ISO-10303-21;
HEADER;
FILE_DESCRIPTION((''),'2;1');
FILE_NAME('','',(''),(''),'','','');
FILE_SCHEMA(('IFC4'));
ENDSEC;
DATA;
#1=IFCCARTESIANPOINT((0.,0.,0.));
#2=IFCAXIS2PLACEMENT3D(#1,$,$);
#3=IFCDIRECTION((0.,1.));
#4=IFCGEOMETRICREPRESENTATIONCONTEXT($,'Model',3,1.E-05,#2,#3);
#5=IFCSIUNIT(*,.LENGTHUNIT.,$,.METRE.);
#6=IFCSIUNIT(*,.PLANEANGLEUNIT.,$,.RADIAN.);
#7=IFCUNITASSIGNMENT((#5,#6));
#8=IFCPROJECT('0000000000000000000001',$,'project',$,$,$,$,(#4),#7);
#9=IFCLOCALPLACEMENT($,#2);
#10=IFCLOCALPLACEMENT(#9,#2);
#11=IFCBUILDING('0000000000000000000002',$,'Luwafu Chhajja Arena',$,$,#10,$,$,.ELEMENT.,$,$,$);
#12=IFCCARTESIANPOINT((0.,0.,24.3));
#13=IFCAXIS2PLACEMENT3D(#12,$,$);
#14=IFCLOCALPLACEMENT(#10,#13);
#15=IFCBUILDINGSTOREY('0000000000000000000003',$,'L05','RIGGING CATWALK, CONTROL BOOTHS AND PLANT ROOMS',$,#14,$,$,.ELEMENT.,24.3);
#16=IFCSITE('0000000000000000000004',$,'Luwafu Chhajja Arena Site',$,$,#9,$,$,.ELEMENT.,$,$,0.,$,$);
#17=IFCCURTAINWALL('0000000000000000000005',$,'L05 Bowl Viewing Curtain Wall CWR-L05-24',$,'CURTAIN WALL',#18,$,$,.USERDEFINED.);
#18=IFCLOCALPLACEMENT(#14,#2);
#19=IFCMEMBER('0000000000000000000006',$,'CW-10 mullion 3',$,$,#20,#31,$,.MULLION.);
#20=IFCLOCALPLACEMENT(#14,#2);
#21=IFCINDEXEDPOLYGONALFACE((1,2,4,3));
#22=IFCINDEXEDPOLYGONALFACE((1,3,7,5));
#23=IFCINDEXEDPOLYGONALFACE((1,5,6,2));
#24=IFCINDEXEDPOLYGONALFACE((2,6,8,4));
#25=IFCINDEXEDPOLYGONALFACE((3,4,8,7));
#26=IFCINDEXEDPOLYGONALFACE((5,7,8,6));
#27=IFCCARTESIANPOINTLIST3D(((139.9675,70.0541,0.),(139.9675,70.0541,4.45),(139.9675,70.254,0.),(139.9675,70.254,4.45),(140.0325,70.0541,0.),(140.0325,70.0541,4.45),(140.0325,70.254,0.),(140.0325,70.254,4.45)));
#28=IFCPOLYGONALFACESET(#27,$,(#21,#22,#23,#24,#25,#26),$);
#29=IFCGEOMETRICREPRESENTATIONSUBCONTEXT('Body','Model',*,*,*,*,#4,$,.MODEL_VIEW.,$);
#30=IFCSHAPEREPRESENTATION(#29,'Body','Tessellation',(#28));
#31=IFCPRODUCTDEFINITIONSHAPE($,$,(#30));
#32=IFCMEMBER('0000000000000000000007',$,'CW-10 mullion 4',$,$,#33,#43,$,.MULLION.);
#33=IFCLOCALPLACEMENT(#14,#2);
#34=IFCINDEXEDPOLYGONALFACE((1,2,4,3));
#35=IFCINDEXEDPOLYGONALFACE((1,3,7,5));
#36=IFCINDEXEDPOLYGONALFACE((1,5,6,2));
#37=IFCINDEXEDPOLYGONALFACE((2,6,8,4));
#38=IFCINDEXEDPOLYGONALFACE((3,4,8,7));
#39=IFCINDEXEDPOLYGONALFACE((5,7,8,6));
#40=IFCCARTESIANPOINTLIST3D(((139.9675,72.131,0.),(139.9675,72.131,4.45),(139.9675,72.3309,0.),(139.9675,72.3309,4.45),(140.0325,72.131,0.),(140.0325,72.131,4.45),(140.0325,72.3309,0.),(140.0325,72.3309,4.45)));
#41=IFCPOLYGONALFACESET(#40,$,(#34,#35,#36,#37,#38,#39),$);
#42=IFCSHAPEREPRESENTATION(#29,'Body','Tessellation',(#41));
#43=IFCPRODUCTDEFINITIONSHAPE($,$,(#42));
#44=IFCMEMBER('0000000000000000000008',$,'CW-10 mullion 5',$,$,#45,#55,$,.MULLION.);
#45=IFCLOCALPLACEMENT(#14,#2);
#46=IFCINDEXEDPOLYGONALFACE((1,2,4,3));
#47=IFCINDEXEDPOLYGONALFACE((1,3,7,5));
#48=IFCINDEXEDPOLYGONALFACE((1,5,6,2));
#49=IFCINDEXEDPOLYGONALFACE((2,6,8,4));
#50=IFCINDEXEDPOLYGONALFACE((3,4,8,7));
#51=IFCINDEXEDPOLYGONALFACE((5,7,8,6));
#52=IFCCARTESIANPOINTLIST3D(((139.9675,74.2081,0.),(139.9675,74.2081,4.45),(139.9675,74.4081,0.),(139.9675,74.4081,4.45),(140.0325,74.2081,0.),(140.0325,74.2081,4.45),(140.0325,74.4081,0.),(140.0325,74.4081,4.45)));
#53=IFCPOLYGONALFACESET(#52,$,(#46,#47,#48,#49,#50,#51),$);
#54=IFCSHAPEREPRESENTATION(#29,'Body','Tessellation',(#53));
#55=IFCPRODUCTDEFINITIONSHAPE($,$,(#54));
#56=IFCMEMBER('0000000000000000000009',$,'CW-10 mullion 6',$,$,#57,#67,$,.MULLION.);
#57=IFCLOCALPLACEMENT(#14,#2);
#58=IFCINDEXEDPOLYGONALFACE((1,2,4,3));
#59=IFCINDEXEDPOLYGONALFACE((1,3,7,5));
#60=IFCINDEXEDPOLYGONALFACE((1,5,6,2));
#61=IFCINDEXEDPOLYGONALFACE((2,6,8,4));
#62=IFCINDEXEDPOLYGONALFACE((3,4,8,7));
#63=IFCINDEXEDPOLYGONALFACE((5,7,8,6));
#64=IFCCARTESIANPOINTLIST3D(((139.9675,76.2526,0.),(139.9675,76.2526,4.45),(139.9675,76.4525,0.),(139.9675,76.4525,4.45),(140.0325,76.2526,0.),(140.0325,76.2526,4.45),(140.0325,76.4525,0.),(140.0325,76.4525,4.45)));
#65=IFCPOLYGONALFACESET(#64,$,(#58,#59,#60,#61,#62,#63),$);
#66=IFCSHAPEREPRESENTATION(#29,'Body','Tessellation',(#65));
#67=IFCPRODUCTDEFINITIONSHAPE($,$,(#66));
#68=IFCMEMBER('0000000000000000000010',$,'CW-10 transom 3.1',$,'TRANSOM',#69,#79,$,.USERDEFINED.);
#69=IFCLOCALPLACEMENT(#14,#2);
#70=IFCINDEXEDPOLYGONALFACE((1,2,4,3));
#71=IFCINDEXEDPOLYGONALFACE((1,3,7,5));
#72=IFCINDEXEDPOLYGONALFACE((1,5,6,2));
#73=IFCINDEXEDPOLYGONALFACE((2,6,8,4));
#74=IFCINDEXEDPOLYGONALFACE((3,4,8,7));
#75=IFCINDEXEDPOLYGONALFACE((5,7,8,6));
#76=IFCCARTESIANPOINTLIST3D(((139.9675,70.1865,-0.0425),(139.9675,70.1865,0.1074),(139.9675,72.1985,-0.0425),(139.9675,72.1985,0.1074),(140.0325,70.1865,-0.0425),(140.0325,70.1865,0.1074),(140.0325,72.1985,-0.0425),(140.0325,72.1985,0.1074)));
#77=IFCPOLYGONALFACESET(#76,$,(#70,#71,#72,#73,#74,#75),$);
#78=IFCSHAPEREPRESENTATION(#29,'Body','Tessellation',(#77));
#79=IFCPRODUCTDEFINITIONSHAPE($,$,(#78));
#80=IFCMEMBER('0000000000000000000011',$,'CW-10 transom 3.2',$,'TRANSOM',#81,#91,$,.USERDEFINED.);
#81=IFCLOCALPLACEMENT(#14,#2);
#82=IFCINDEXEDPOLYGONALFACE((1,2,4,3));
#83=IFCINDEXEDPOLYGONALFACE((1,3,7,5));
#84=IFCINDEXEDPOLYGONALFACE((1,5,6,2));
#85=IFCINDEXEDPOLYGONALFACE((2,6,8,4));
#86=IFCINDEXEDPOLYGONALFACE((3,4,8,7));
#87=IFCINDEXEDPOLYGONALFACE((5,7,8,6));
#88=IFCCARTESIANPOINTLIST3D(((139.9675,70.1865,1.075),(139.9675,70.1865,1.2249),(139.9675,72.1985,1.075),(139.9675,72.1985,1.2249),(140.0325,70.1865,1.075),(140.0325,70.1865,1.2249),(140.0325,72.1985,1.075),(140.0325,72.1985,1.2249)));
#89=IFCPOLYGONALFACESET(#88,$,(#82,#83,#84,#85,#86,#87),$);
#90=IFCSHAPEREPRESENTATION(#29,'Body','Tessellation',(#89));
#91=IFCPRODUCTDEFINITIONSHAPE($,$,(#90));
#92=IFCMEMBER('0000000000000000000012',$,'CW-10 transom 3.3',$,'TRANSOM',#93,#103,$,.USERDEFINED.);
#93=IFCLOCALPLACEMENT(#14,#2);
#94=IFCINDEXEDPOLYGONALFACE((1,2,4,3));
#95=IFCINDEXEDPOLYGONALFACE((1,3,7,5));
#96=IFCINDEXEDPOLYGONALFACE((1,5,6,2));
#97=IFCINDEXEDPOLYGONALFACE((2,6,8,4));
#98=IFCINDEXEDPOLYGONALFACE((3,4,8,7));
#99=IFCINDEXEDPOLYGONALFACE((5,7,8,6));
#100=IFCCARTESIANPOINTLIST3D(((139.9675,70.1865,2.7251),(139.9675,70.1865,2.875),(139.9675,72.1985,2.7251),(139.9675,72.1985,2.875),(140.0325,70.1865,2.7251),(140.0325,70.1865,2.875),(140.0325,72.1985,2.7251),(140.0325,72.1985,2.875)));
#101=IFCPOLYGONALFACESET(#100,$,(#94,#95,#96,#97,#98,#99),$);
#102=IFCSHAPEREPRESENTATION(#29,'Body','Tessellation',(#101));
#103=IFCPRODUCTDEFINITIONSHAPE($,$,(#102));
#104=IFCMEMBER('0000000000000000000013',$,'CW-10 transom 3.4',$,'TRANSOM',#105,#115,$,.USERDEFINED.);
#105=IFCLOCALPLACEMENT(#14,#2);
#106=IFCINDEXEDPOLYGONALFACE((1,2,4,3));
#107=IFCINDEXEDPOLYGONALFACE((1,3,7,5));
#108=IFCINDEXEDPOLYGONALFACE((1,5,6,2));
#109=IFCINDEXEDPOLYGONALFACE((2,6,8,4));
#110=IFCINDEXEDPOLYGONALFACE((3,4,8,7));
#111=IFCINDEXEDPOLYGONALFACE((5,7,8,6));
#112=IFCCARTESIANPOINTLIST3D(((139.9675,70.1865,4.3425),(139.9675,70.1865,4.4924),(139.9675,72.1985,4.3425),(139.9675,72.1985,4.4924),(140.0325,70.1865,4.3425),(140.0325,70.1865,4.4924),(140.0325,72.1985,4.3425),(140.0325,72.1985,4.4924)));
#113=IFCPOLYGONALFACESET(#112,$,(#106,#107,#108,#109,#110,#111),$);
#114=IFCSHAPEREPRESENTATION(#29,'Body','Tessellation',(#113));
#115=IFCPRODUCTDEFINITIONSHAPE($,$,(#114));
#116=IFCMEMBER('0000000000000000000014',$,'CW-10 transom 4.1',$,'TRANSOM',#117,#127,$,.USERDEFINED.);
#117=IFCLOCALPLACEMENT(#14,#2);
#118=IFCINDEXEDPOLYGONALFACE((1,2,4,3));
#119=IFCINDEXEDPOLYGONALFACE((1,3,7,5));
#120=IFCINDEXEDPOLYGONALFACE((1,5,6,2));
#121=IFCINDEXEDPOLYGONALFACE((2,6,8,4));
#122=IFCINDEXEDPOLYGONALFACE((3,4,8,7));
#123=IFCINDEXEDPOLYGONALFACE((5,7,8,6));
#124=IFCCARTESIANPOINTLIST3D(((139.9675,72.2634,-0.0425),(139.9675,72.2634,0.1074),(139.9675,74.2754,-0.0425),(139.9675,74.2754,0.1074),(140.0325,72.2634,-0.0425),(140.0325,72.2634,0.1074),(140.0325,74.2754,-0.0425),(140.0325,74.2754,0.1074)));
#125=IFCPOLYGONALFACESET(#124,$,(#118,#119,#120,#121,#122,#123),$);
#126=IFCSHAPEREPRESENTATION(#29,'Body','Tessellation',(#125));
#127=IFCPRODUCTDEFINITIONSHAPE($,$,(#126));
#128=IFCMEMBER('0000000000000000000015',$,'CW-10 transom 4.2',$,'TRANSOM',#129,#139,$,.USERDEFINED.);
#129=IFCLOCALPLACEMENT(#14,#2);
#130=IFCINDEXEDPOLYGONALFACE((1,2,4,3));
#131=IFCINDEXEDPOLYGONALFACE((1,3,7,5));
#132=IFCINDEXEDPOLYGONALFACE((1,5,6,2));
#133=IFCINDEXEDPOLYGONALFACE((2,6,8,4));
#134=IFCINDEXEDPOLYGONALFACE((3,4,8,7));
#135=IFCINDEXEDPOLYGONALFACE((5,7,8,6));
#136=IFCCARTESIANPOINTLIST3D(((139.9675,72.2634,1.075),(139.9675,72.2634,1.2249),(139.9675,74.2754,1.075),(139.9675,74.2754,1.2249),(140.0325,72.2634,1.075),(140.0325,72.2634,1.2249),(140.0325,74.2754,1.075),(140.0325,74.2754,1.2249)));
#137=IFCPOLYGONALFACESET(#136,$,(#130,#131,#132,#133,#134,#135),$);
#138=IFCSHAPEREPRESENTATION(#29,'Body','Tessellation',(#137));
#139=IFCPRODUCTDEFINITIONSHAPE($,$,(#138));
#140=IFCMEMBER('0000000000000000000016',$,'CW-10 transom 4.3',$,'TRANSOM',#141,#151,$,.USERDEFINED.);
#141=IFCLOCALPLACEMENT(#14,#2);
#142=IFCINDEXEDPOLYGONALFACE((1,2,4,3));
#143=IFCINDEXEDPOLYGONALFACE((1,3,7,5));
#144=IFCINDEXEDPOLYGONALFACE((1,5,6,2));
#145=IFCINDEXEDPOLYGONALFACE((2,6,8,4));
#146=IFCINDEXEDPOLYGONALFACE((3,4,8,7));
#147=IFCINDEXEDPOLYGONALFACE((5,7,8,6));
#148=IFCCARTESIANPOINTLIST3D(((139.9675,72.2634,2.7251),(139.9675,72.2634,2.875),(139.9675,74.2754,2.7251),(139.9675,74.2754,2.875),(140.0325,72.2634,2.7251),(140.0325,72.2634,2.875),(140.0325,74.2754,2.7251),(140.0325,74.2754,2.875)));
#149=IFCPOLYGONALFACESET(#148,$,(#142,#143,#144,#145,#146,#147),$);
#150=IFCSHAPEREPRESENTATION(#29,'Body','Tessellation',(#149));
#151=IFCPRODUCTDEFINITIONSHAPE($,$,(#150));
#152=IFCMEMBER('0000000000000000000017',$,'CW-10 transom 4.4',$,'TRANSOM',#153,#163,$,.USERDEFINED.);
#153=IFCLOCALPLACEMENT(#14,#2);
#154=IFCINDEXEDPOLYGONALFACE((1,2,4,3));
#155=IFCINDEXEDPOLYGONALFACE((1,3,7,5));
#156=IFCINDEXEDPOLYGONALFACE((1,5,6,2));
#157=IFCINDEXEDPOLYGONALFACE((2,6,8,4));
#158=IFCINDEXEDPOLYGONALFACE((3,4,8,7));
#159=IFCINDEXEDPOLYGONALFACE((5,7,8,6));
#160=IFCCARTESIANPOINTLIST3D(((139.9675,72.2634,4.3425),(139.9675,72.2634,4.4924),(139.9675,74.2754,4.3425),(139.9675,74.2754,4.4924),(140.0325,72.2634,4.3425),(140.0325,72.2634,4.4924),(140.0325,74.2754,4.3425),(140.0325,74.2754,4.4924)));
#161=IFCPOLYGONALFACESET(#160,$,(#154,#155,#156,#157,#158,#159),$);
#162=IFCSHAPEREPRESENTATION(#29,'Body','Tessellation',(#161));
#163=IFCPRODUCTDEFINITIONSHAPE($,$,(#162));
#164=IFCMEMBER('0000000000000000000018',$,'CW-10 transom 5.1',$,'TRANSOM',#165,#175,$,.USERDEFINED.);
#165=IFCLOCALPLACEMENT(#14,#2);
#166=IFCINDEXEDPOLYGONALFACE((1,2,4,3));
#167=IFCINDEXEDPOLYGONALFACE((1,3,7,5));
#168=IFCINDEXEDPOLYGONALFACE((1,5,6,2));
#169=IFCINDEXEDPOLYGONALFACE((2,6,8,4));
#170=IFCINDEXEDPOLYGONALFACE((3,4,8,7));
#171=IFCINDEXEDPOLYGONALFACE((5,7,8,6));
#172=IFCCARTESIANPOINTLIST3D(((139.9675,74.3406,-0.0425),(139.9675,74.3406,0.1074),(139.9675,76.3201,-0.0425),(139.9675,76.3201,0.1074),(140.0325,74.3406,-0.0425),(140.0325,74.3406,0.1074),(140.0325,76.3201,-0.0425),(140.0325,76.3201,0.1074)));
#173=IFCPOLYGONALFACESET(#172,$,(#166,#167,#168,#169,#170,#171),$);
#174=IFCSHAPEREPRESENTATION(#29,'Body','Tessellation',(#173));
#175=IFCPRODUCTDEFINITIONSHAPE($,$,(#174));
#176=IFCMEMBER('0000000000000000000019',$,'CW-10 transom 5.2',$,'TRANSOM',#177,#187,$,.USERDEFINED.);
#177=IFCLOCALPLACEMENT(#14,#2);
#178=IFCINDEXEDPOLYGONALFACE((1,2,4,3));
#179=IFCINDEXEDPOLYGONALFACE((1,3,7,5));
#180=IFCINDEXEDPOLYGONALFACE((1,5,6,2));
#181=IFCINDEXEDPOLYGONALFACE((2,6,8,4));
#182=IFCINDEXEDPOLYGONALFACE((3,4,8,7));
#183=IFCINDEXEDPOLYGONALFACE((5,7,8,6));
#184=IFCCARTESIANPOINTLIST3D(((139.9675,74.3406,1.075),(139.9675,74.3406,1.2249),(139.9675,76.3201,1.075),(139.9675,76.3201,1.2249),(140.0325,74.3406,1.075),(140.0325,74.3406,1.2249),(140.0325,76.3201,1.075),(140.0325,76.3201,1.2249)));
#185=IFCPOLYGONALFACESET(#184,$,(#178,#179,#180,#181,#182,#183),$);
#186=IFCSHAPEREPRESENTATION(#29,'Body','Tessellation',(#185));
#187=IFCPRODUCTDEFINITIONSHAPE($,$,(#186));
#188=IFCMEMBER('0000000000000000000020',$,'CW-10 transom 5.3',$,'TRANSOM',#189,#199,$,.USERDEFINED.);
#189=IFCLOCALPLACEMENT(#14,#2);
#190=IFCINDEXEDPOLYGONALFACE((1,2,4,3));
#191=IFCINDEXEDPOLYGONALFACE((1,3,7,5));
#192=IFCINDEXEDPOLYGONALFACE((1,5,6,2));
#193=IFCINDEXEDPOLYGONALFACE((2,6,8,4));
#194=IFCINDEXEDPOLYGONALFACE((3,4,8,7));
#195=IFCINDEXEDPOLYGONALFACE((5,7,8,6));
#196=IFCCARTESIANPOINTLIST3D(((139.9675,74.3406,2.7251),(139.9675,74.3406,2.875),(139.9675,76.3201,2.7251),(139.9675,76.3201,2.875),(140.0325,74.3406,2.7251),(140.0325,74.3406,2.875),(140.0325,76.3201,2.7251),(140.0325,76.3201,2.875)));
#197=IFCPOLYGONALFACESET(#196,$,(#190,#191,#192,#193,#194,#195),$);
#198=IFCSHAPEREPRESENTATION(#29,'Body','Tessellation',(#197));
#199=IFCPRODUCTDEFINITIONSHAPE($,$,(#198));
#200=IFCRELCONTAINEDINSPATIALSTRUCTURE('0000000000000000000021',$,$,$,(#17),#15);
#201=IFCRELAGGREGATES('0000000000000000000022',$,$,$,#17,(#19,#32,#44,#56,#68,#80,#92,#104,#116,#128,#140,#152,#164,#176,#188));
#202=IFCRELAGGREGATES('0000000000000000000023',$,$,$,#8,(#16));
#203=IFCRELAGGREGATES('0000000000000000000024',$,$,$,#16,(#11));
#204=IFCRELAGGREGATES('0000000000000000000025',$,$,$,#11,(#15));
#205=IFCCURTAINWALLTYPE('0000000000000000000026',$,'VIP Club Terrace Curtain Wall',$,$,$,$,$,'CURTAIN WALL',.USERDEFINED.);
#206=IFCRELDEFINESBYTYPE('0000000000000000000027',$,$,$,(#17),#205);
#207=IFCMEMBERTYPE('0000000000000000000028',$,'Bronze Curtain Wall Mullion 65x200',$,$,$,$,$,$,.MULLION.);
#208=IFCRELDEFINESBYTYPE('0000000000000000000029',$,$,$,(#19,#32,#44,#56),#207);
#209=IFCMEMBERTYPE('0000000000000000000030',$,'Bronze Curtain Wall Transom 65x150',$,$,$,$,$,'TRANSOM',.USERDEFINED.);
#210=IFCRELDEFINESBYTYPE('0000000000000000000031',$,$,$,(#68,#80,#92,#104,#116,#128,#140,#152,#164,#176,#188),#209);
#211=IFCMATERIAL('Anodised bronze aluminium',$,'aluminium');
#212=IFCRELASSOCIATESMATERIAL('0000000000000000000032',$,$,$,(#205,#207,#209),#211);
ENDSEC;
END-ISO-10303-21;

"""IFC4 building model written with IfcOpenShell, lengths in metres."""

from ifc_helpers import new_model, si_unit, direction, frame, origin, origin_2d, place, context, subcontext, project, spatial, rectangle, extrude, material, material_profile, profile_set, type_object, element, aggregate, save


model = new_model("IFC4")

# Units and contexts
model_context = context("Model", 3, precision=1e-05, world=origin(), true_north=direction((0.0, 1.0)))
body_context = subcontext(model_context, "Body", "Model", "MODEL_VIEW")
ifc_project = project(units=[si_unit("LENGTHUNIT", "METRE"), si_unit("PLANEANGLEUNIT", "RADIAN")], contexts=[model_context])

# Site, building, storey
site_placement = place(None, origin())
site = spatial("IfcSite", under=ifc_project, at=site_placement, Name="Luwafu Chhajja Arena Site", CompositionType="ELEMENT", RefElevation=0.0)
building_placement = place(site_placement, origin())
building = spatial("IfcBuilding", under=site, at=building_placement, Name="Luwafu Chhajja Arena", CompositionType="ELEMENT")
storey_placement = place(building_placement, frame((0.0, 0.0, 24.3)))
storey = spatial("IfcBuildingStorey", under=building, at=storey_placement, Name="L05", Description="RIGGING CATWALK, CONTROL BOOTHS AND PLANT ROOMS", CompositionType="ELEMENT", Elevation=24.3)

# Curtain wall, members
ifc_material_1 = material(Name="Anodised bronze aluminium", Category="aluminium")
curtain_wall_type = type_object("IfcCurtainWallType", Name="VIP Club Terrace Curtain Wall", ElementType="CURTAIN WALL", PredefinedType="USERDEFINED", material=ifc_material_1)
curtain_wall_placement = place(storey_placement, origin())
curtain_wall = element("IfcCurtainWall", 1, at=curtain_wall_placement, inside=storey, type_object=curtain_wall_type, Name="L05 Bowl Viewing Curtain Wall CWR-L05-24", ObjectType="CURTAIN WALL", PredefinedType="USERDEFINED")
ifc_material_profile_1 = material_profile(ifc_material_1, rectangle(XDim=0.0649, YDim=0.2, at=origin_2d()), Name="CWM 65x200")
ifc_profile_set_1 = profile_set([ifc_material_profile_1], Name="Anodised bronze aluminium")
member_type_1 = type_object("IfcMemberType", Name="Bronze Curtain Wall Mullion 65x200", PredefinedType="MULLION", material=ifc_profile_set_1)
member_1_placement = place(storey_placement, frame((140.0, 70.1541, 0.0), z_axis=(0.0, 0.0, 1.0), x_axis=(-1.0, 0.0, 0.0)))
member_1 = element("IfcMember", 2, at=member_1_placement, type_object=member_type_1, Name="CW-10 mullion 3", PredefinedType="MULLION", context=body_context, shape_type="SweptSolid", body=[
    extrude(rectangle(XDim=0.0649, YDim=0.2, at=origin_2d()), origin(), (0.0, 0.0, 1.0), 4.45),
])
member_2_placement = place(storey_placement, frame((140.0, 72.231, 0.0), z_axis=(0.0, 0.0, 1.0), x_axis=(-1.0, 0.0, 0.0)))
member_2 = element("IfcMember", 3, at=member_2_placement, type_object=member_type_1, Name="CW-10 mullion 4", PredefinedType="MULLION", context=body_context, shape_type="SweptSolid", body=[
    extrude(rectangle(XDim=0.0649, YDim=0.2, at=origin_2d()), origin(), (0.0, 0.0, 1.0), 4.45),
])
member_3_placement = place(storey_placement, frame((140.0, 74.3081, 0.0), z_axis=(0.0, 0.0, 1.0), x_axis=(-1.0, 0.0, 0.0)))
member_3 = element("IfcMember", 4, at=member_3_placement, type_object=member_type_1, Name="CW-10 mullion 5", PredefinedType="MULLION", context=body_context, shape_type="SweptSolid", body=[
    extrude(rectangle(XDim=0.0649, YDim=0.2, at=origin_2d()), origin(), (0.0, 0.0, 1.0), 4.45),
])
member_4_placement = place(storey_placement, frame((140.0, 76.3525, 0.0), z_axis=(0.0, 0.0, 1.0), x_axis=(-1.0, 0.0, 0.0)))
member_4 = element("IfcMember", 5, at=member_4_placement, type_object=member_type_1, Name="CW-10 mullion 6", PredefinedType="MULLION", context=body_context, shape_type="SweptSolid", body=[
    extrude(rectangle(XDim=0.0649, YDim=0.2, at=origin_2d()), origin(), (0.0, 0.0, 1.0), 4.45),
])
ifc_material_profile_2 = material_profile(ifc_material_1, rectangle(XDim=0.0649, YDim=0.1499, at=origin_2d()), Name="CWT 65x150")
ifc_profile_set_2 = profile_set([ifc_material_profile_2], Name="Anodised bronze aluminium")
member_type_2 = type_object("IfcMemberType", Name="Bronze Curtain Wall Transom 65x150", ElementType="TRANSOM", PredefinedType="USERDEFINED", material=ifc_profile_set_2)
member_5_placement = place(storey_placement, frame((140.0, 70.1865, 0.0325), z_axis=(0.0, 1.0, 0.0), x_axis=(-1.0, 0.0, 0.0)))
member_5 = element("IfcMember", 6, at=member_5_placement, type_object=member_type_2, Name="CW-10 transom 3.1", ObjectType="TRANSOM", PredefinedType="USERDEFINED", context=body_context, shape_type="SweptSolid", body=[
    extrude(rectangle(XDim=0.0649, YDim=0.1499, at=origin_2d()), origin(), (0.0, 0.0, 1.0), 2.012),
])
member_6_placement = place(storey_placement, frame((140.0, 70.1865, 1.1499), z_axis=(0.0, 1.0, 0.0), x_axis=(-1.0, 0.0, 0.0)))
member_6 = element("IfcMember", 7, at=member_6_placement, type_object=member_type_2, Name="CW-10 transom 3.2", ObjectType="TRANSOM", PredefinedType="USERDEFINED", context=body_context, shape_type="SweptSolid", body=[
    extrude(rectangle(XDim=0.0649, YDim=0.1499, at=origin_2d()), origin(), (0.0, 0.0, 1.0), 2.012),
])
member_7_placement = place(storey_placement, frame((140.0, 70.1865, 2.8), z_axis=(0.0, 1.0, 0.0), x_axis=(-1.0, 0.0, 0.0)))
member_7 = element("IfcMember", 8, at=member_7_placement, type_object=member_type_2, Name="CW-10 transom 3.3", ObjectType="TRANSOM", PredefinedType="USERDEFINED", context=body_context, shape_type="SweptSolid", body=[
    extrude(rectangle(XDim=0.0649, YDim=0.1499, at=origin_2d()), origin(), (0.0, 0.0, 1.0), 2.012),
])
member_8_placement = place(storey_placement, frame((140.0, 70.1865, 4.4175), z_axis=(0.0, 1.0, 0.0), x_axis=(-1.0, 0.0, 0.0)))
member_8 = element("IfcMember", 9, at=member_8_placement, type_object=member_type_2, Name="CW-10 transom 3.4", ObjectType="TRANSOM", PredefinedType="USERDEFINED", context=body_context, shape_type="SweptSolid", body=[
    extrude(rectangle(XDim=0.0649, YDim=0.1499, at=origin_2d()), origin(), (0.0, 0.0, 1.0), 2.012),
])
member_9_placement = place(storey_placement, frame((140.0, 72.2634, 0.0325), z_axis=(0.0, 1.0, 0.0), x_axis=(-1.0, 0.0, 0.0)))
member_9 = element("IfcMember", 10, at=member_9_placement, type_object=member_type_2, Name="CW-10 transom 4.1", ObjectType="TRANSOM", PredefinedType="USERDEFINED", context=body_context, shape_type="SweptSolid", body=[
    extrude(rectangle(XDim=0.0649, YDim=0.1499, at=origin_2d()), origin(), (0.0, 0.0, 1.0), 2.012),
])
member_10_placement = place(storey_placement, frame((140.0, 72.2634, 1.1499), z_axis=(0.0, 1.0, 0.0), x_axis=(-1.0, 0.0, 0.0)))
member_10 = element("IfcMember", 11, at=member_10_placement, type_object=member_type_2, Name="CW-10 transom 4.2", ObjectType="TRANSOM", PredefinedType="USERDEFINED", context=body_context, shape_type="SweptSolid", body=[
    extrude(rectangle(XDim=0.0649, YDim=0.1499, at=origin_2d()), origin(), (0.0, 0.0, 1.0), 2.012),
])
member_11_placement = place(storey_placement, frame((140.0, 72.2634, 2.8), z_axis=(0.0, 1.0, 0.0), x_axis=(-1.0, 0.0, 0.0)))
member_11 = element("IfcMember", 12, at=member_11_placement, type_object=member_type_2, Name="CW-10 transom 4.3", ObjectType="TRANSOM", PredefinedType="USERDEFINED", context=body_context, shape_type="SweptSolid", body=[
    extrude(rectangle(XDim=0.0649, YDim=0.1499, at=origin_2d()), origin(), (0.0, 0.0, 1.0), 2.012),
])
member_12_placement = place(storey_placement, frame((140.0, 72.2634, 4.4175), z_axis=(0.0, 1.0, 0.0), x_axis=(-1.0, 0.0, 0.0)))
member_12 = element("IfcMember", 13, at=member_12_placement, type_object=member_type_2, Name="CW-10 transom 4.4", ObjectType="TRANSOM", PredefinedType="USERDEFINED", context=body_context, shape_type="SweptSolid", body=[
    extrude(rectangle(XDim=0.0649, YDim=0.1499, at=origin_2d()), origin(), (0.0, 0.0, 1.0), 2.012),
])
member_13_placement = place(storey_placement, frame((140.0, 74.3406, 0.0325), z_axis=(0.0, 1.0, 0.0), x_axis=(-1.0, 0.0, 0.0)))
member_13 = element("IfcMember", 14, at=member_13_placement, type_object=member_type_2, Name="CW-10 transom 5.1", ObjectType="TRANSOM", PredefinedType="USERDEFINED", context=body_context, shape_type="SweptSolid", body=[
    extrude(rectangle(XDim=0.0649, YDim=0.1499, at=origin_2d()), origin(), (0.0, 0.0, 1.0), 1.9795),
])
member_14_placement = place(storey_placement, frame((140.0, 74.3406, 1.1499), z_axis=(0.0, 1.0, 0.0), x_axis=(-1.0, 0.0, 0.0)))
member_14 = element("IfcMember", 15, at=member_14_placement, type_object=member_type_2, Name="CW-10 transom 5.2", ObjectType="TRANSOM", PredefinedType="USERDEFINED", context=body_context, shape_type="SweptSolid", body=[
    extrude(rectangle(XDim=0.0649, YDim=0.1499, at=origin_2d()), origin(), (0.0, 0.0, 1.0), 1.9795),
])
member_15_placement = place(storey_placement, frame((140.0, 74.3406, 2.8), z_axis=(0.0, 1.0, 0.0), x_axis=(-1.0, 0.0, 0.0)))
member_15 = element("IfcMember", 16, at=member_15_placement, type_object=member_type_2, Name="CW-10 transom 5.3", ObjectType="TRANSOM", PredefinedType="USERDEFINED", context=body_context, shape_type="SweptSolid", body=[
    extrude(rectangle(XDim=0.0649, YDim=0.1499, at=origin_2d()), origin(), (0.0, 0.0, 1.0), 1.9795),
])
aggregate(curtain_wall, [member_1, member_2, member_3, member_4, member_5, member_6, member_7, member_8, member_9, member_10, member_11, member_12, member_13, member_14, member_15])

save(model, "model.ifc")
